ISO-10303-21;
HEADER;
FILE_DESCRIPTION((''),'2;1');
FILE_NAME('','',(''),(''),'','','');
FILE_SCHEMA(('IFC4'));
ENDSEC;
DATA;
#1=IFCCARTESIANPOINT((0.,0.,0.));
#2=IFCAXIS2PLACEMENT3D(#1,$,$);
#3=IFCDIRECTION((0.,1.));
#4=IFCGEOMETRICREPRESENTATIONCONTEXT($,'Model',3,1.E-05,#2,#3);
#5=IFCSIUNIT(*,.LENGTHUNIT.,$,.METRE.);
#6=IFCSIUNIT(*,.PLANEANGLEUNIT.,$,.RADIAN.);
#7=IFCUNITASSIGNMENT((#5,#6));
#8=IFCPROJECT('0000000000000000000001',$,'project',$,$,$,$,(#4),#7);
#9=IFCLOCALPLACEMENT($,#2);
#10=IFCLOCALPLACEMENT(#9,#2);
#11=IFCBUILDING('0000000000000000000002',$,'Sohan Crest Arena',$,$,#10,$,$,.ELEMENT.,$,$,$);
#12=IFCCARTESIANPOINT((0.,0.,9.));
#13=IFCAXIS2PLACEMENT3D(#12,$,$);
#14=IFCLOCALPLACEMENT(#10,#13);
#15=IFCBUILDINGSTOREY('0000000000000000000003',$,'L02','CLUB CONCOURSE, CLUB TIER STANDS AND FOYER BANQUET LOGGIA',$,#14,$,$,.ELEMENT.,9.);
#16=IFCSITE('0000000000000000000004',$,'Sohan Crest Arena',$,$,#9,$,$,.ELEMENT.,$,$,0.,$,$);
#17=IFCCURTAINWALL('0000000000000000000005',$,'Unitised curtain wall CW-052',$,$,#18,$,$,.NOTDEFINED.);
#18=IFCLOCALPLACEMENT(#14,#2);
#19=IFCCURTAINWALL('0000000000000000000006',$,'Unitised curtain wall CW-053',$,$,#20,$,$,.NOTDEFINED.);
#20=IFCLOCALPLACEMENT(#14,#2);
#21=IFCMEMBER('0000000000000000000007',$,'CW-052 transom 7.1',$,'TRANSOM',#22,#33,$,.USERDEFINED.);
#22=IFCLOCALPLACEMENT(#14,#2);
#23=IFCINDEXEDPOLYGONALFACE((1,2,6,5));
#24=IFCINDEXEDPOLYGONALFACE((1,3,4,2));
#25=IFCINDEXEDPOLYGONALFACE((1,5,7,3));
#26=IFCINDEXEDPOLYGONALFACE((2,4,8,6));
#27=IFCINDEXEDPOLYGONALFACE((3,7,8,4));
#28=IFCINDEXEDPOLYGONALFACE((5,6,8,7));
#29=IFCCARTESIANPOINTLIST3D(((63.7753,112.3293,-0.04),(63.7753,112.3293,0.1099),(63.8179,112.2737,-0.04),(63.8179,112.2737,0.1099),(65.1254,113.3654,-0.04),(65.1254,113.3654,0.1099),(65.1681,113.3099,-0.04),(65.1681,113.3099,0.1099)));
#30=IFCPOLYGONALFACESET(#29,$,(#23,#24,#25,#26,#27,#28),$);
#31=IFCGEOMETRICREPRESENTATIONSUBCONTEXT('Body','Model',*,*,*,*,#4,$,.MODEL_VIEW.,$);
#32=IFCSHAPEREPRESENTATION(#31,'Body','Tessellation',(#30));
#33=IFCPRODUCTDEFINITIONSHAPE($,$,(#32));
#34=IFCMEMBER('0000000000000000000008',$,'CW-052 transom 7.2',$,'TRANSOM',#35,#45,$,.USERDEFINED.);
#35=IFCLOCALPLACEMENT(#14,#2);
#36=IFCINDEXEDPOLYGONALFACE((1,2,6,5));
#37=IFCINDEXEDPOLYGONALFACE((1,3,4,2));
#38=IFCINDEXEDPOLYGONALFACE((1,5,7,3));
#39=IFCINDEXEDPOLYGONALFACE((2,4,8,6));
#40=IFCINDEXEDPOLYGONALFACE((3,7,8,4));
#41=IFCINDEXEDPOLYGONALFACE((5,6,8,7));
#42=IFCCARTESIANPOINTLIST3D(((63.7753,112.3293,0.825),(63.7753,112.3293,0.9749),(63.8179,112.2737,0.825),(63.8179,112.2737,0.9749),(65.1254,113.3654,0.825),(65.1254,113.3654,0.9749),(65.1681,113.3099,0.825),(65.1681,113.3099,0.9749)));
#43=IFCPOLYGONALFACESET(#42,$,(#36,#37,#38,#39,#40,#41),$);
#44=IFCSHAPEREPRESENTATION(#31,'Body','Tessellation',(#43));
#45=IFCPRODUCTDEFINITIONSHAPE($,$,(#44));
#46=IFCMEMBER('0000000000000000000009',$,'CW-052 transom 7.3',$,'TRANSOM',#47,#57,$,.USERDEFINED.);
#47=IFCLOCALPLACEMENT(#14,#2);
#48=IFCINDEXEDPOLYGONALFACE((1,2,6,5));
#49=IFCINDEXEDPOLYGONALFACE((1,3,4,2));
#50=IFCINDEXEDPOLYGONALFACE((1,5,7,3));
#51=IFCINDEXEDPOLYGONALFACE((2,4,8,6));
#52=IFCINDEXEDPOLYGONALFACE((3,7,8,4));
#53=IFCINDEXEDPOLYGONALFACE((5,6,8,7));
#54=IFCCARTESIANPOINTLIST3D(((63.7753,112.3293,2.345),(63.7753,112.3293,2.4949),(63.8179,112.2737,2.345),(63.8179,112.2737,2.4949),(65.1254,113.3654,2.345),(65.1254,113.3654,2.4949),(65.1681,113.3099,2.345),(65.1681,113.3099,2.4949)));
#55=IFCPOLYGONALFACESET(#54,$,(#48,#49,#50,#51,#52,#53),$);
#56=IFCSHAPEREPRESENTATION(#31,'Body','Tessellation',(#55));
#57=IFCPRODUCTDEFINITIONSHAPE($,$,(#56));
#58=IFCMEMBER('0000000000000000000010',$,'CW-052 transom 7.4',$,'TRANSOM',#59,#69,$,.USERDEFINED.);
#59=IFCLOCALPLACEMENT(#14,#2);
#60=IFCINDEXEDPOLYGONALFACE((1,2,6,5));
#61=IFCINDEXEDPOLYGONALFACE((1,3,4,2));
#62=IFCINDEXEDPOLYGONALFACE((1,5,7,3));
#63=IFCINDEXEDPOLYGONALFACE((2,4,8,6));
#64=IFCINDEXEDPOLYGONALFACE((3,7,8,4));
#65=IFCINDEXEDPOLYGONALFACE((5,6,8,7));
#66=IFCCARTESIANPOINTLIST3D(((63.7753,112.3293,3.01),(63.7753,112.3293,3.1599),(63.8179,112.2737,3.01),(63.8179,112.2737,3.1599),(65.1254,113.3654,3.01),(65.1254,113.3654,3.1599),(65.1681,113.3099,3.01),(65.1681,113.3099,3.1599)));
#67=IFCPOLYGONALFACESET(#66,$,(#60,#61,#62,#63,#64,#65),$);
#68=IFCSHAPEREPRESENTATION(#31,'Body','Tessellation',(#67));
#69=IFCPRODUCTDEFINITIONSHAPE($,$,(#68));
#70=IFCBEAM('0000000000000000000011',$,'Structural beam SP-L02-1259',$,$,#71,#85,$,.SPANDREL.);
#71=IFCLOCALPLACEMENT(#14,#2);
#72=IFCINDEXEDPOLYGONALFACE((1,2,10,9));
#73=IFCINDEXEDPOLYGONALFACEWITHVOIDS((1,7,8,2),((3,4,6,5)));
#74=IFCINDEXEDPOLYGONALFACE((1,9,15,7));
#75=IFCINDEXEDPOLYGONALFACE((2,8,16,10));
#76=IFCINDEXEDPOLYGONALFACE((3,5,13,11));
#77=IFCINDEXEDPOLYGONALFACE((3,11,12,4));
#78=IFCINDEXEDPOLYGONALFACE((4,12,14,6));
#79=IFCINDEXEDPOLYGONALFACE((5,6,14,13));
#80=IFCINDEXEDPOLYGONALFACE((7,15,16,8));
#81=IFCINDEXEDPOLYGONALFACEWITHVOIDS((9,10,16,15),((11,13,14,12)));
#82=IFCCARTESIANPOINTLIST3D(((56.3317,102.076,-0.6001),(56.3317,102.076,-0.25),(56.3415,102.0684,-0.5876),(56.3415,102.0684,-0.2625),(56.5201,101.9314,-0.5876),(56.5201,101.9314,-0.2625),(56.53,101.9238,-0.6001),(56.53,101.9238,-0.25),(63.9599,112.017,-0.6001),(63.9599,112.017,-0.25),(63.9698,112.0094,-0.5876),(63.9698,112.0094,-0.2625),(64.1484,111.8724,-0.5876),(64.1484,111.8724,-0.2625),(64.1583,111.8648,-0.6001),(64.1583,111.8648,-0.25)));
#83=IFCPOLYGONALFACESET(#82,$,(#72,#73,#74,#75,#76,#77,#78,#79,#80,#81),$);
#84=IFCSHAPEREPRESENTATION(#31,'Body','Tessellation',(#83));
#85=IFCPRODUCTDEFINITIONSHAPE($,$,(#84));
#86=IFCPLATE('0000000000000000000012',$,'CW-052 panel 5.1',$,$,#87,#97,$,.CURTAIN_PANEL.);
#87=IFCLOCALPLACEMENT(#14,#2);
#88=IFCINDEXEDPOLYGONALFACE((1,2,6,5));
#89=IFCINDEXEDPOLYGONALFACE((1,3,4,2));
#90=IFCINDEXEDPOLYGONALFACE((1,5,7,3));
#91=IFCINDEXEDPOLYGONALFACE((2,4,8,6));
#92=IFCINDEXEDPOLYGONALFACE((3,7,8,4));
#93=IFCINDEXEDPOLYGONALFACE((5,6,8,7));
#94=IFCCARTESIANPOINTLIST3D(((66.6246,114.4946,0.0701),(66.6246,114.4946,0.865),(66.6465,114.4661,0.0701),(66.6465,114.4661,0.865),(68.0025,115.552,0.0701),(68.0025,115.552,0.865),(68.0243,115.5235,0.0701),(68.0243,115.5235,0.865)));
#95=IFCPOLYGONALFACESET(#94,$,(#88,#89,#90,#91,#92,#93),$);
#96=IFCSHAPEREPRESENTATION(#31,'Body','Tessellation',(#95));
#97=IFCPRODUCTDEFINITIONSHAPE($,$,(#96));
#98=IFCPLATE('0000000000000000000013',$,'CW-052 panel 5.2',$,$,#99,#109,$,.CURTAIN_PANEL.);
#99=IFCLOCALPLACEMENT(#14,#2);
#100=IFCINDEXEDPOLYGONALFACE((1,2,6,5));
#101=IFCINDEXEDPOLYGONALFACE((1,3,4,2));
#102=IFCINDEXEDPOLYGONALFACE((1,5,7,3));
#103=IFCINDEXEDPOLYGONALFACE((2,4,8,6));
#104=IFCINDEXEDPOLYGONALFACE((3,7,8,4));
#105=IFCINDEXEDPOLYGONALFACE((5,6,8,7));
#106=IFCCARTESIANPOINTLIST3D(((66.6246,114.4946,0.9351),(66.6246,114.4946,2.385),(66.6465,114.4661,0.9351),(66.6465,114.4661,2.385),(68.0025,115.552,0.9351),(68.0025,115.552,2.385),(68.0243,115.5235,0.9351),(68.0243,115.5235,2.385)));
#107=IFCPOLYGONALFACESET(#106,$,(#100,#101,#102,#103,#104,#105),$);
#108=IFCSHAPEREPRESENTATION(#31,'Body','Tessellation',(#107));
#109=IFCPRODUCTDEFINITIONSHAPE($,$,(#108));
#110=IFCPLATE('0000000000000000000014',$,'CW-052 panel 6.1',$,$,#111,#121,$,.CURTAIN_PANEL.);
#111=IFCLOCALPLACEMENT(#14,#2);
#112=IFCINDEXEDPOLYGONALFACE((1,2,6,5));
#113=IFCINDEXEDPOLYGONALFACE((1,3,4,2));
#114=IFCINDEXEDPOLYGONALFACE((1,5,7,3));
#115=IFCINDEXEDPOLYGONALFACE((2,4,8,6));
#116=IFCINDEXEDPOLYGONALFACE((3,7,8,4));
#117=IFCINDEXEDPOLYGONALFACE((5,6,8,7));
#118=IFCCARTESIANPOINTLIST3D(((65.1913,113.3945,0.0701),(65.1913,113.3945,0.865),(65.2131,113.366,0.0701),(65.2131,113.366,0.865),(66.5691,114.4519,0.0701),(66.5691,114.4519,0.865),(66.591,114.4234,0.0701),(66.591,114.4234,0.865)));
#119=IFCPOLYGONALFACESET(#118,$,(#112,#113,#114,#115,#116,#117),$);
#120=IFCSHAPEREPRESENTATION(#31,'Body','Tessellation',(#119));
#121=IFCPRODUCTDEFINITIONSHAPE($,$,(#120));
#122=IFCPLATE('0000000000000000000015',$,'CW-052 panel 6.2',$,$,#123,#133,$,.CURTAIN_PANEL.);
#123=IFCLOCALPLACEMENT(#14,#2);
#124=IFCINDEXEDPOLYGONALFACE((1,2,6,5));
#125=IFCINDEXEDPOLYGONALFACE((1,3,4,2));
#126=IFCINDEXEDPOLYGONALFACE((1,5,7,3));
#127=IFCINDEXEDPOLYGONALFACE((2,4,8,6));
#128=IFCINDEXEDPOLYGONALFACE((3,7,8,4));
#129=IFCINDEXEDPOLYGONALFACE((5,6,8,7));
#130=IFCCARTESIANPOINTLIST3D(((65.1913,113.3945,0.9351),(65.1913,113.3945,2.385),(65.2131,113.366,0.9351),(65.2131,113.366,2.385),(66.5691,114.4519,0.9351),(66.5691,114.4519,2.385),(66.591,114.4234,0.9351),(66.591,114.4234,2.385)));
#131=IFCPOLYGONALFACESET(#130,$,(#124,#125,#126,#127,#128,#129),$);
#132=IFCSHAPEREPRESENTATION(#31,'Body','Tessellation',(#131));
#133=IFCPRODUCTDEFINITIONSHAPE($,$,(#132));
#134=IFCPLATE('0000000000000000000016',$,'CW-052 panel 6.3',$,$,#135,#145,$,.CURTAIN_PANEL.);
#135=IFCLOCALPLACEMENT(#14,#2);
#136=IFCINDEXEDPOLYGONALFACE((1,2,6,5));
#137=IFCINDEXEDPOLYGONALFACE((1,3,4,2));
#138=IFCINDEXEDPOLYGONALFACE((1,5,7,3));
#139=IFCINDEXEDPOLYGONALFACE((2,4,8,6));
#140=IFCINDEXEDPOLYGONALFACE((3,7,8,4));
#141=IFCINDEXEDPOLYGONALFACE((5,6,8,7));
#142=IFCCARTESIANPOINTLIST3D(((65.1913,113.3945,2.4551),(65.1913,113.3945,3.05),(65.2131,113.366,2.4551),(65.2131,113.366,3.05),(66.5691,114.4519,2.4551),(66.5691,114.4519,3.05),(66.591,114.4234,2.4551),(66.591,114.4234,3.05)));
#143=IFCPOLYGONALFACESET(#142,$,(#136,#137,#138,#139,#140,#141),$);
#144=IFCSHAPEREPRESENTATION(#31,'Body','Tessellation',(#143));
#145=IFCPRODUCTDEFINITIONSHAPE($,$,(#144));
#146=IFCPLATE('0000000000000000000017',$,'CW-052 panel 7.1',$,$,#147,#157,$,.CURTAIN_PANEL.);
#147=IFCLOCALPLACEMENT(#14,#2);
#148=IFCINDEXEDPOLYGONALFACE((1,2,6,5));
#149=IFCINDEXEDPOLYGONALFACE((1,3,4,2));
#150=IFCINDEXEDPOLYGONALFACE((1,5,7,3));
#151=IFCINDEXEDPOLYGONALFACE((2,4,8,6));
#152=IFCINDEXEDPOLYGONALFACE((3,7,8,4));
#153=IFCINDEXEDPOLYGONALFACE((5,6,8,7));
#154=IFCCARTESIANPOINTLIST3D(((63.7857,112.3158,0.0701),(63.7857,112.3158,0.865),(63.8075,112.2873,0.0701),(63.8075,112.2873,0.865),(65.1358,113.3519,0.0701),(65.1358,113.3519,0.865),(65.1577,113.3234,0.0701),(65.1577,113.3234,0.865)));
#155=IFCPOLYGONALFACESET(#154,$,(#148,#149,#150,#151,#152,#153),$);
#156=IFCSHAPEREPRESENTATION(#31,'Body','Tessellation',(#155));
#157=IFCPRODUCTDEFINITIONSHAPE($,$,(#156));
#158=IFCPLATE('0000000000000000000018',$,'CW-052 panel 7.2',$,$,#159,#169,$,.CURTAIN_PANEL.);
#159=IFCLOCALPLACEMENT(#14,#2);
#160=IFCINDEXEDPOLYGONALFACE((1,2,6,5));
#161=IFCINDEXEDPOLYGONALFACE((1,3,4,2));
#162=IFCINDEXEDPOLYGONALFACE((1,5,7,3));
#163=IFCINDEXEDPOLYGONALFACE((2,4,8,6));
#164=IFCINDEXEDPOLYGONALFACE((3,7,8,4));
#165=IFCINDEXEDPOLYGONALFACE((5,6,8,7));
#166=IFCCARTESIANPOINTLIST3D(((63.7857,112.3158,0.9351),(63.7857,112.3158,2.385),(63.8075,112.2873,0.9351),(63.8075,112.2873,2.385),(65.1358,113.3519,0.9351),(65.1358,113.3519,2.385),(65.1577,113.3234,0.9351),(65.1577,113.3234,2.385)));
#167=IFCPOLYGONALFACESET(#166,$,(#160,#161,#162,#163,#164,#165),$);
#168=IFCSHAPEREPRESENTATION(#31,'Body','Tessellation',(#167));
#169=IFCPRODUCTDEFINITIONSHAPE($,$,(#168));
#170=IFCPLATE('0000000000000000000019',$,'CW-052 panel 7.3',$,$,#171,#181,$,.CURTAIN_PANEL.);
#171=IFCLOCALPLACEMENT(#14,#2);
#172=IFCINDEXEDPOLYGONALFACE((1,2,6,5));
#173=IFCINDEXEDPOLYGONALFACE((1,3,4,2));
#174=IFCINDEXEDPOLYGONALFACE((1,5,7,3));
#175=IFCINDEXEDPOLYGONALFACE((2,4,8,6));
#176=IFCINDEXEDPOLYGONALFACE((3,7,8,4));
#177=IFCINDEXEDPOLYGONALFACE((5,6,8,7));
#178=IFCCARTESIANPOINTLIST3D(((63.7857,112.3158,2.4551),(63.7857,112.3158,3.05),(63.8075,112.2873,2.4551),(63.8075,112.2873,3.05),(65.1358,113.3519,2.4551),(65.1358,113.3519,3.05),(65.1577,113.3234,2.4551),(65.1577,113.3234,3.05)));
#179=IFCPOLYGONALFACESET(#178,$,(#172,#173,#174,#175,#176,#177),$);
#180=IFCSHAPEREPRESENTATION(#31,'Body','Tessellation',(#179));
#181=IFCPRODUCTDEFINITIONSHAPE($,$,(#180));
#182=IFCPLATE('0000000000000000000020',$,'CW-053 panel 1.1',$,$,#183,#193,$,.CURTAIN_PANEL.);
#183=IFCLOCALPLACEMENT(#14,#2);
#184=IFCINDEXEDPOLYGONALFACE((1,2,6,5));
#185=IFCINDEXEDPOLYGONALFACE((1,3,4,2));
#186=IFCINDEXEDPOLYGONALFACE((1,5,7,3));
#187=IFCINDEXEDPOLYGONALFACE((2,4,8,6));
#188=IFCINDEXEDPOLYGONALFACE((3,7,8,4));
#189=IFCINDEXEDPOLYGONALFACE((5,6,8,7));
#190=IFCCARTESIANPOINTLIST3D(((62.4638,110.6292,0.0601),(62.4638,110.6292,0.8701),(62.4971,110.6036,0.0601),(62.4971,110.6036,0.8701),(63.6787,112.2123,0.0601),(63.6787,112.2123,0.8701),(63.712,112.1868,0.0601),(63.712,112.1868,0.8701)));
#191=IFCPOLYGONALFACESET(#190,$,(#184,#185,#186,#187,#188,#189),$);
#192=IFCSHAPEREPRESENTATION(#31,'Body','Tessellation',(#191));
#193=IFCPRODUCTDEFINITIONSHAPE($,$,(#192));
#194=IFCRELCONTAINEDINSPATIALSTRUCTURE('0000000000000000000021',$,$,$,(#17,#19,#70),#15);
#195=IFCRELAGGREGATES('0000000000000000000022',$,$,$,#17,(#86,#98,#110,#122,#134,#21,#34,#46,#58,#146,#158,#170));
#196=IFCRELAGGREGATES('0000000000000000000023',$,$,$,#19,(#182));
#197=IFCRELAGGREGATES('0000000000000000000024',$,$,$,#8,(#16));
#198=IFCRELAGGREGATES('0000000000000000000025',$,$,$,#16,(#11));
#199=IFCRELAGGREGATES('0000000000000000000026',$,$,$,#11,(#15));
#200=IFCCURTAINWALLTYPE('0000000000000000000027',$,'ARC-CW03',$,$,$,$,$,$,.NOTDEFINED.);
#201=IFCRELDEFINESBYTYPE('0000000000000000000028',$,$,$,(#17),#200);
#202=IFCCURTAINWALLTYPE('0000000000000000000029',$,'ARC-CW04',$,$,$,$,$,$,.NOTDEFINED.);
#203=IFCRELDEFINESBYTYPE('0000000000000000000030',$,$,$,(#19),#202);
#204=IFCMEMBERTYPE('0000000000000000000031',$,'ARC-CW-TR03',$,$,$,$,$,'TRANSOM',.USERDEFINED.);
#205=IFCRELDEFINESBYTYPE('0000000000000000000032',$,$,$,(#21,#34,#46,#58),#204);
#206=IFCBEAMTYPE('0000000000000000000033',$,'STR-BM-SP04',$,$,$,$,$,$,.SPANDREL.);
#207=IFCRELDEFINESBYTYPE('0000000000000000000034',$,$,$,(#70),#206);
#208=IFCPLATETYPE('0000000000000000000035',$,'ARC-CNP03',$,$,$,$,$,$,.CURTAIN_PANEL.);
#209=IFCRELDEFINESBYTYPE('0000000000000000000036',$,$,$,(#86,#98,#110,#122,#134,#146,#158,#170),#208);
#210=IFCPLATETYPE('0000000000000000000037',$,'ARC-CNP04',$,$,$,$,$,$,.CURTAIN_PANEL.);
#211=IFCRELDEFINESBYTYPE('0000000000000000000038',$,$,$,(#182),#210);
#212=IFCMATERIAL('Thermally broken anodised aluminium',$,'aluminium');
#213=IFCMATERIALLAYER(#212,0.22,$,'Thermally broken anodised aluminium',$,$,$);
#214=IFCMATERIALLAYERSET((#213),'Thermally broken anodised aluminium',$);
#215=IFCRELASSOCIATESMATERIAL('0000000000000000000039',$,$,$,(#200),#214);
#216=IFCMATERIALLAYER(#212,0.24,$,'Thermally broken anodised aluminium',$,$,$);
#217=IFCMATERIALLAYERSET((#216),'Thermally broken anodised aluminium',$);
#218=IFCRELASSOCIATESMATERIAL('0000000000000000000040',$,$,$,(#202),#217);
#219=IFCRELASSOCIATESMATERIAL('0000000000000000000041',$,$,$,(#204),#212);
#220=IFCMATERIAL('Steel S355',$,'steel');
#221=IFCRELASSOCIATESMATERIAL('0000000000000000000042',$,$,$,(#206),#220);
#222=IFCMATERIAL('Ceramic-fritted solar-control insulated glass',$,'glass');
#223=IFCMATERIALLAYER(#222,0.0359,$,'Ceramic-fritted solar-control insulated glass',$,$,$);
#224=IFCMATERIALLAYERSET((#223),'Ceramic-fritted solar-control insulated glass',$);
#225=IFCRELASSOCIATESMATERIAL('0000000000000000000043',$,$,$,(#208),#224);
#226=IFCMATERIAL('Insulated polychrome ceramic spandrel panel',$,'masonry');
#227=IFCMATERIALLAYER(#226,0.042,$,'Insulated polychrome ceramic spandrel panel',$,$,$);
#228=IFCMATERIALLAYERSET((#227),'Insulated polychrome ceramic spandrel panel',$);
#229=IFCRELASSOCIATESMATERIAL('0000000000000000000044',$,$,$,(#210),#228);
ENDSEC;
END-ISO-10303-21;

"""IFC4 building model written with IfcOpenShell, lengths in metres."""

from ifc_helpers import new_model, si_unit, direction, frame, origin, origin_2d, place, context, subcontext, project, spatial, rectangle, hollow_rectangle, extrude, material, layer, layer_set, material_profile, profile_set, type_object, element, aggregate, save


model = new_model("IFC4")

# Units and contexts
model_context = context("Model", 3, precision=1e-05, world=origin(), true_north=direction((0.0, 1.0)))
body_context = subcontext(model_context, "Body", "Model", "MODEL_VIEW")
ifc_project = project(units=[si_unit("LENGTHUNIT", "METRE"), si_unit("PLANEANGLEUNIT", "RADIAN")], contexts=[model_context])

# Site, building, storey
site_placement = place(None, origin())
site = spatial("IfcSite", under=ifc_project, at=site_placement, Name="Sohan Crest Arena", CompositionType="ELEMENT", RefElevation=0.0)
building_placement = place(site_placement, origin())
building = spatial("IfcBuilding", under=site, at=building_placement, Name="Sohan Crest Arena", CompositionType="ELEMENT")
storey_placement = place(building_placement, frame((0.0, 0.0, 9.0)))
storey = spatial("IfcBuildingStorey", under=building, at=storey_placement, Name="L02", Description="CLUB CONCOURSE, CLUB TIER STANDS AND FOYER BANQUET LOGGIA", CompositionType="ELEMENT", Elevation=9.0)

# Shared definitions
ifc_material_1 = material(Name="Steel S355", Category="steel")

# Curtain walls
ifc_material_2 = material(Name="Thermally broken anodised aluminium", Category="aluminium")
ifc_layer_1 = layer(ifc_material_2, 0.22, Name="Thermally broken anodised aluminium")
ifc_layer_set_1 = layer_set([ifc_layer_1], Name="Thermally broken anodised aluminium")
curtain_wall_type_1 = type_object("IfcCurtainWallType", Name="ARC-CW03", PredefinedType="NOTDEFINED", material=ifc_layer_set_1)
curtain_wall_1_placement = place(storey_placement, origin())
curtain_wall_1 = element("IfcCurtainWall", 1, at=curtain_wall_1_placement, inside=storey, type_object=curtain_wall_type_1, Name="Unitised curtain wall CW-052", PredefinedType="NOTDEFINED")
ifc_layer_2 = layer(ifc_material_2, 0.24, Name="Thermally broken anodised aluminium")
ifc_layer_set_2 = layer_set([ifc_layer_2], Name="Thermally broken anodised aluminium")
curtain_wall_type_2 = type_object("IfcCurtainWallType", Name="ARC-CW04", PredefinedType="NOTDEFINED", material=ifc_layer_set_2)
curtain_wall_2_placement = place(storey_placement, origin())
curtain_wall_2 = element("IfcCurtainWall", 2, at=curtain_wall_2_placement, inside=storey, type_object=curtain_wall_type_2, Name="Unitised curtain wall CW-053", PredefinedType="NOTDEFINED")

# Members
ifc_material_profile_1 = material_profile(ifc_material_2, rectangle(XDim=0.0701, YDim=0.1499, at=origin_2d()), Name="ALU-TRAN 70x150")
ifc_profile_set_1 = profile_set([ifc_material_profile_1], Name="Thermally broken anodised aluminium")
member_type_1 = type_object("IfcMemberType", Name="ARC-CW-TR03", ElementType="TRANSOM", PredefinedType="USERDEFINED", material=ifc_profile_set_1)
member_1_placement = place(storey_placement, frame((65.1467, 113.3376, 0.0349), z_axis=(-0.793306, -0.608823, 0.0), x_axis=(0.608823, -0.793306, 0.0)))
member_1 = element("IfcMember", 3, at=member_1_placement, type_object=member_type_1, Name="CW-052 transom 7.1", ObjectType="TRANSOM", PredefinedType="USERDEFINED", context=body_context, shape_type="SweptSolid", body=[
    extrude(rectangle(XDim=0.0701, YDim=0.1499, at=origin_2d()), origin(), (0.0, 0.0, 1.0), 1.7019),
])
member_2_placement = place(storey_placement, frame((65.1467, 113.3376, 0.8999), z_axis=(-0.793306, -0.608823, 0.0), x_axis=(0.608823, -0.793306, 0.0)))
member_2 = element("IfcMember", 4, at=member_2_placement, type_object=member_type_1, Name="CW-052 transom 7.2", ObjectType="TRANSOM", PredefinedType="USERDEFINED", context=body_context, shape_type="SweptSolid", body=[
    extrude(rectangle(XDim=0.0701, YDim=0.1499, at=origin_2d()), origin(), (0.0, 0.0, 1.0), 1.7019),
])
member_3_placement = place(storey_placement, frame((65.1467, 113.3376, 2.4199), z_axis=(-0.793306, -0.608823, 0.0), x_axis=(0.608823, -0.793306, 0.0)))
member_3 = element("IfcMember", 5, at=member_3_placement, type_object=member_type_1, Name="CW-052 transom 7.3", ObjectType="TRANSOM", PredefinedType="USERDEFINED", context=body_context, shape_type="SweptSolid", body=[
    extrude(rectangle(XDim=0.0701, YDim=0.1499, at=origin_2d()), origin(), (0.0, 0.0, 1.0), 1.7019),
])
member_4_placement = place(storey_placement, frame((65.1467, 113.3376, 3.085), z_axis=(-0.793306, -0.608823, 0.0), x_axis=(0.608823, -0.793306, 0.0)))
member_4 = element("IfcMember", 6, at=member_4_placement, type_object=member_type_1, Name="CW-052 transom 7.4", ObjectType="TRANSOM", PredefinedType="USERDEFINED", context=body_context, shape_type="SweptSolid", body=[
    extrude(rectangle(XDim=0.0701, YDim=0.1499, at=origin_2d()), origin(), (0.0, 0.0, 1.0), 1.7019),
])

# Beam
ifc_material_profile_2 = material_profile(ifc_material_1, hollow_rectangle(XDim=0.25, YDim=0.3501, WallThickness=0.0125, at=origin_2d()), Name="RHS 350x250x12.5")
ifc_profile_set_2 = profile_set([ifc_material_profile_2], Name="Steel S355")
beam_type = type_object("IfcBeamType", Name="STR-BM-SP04", PredefinedType="SPANDREL", material=ifc_profile_set_2)
beam_placement = place(storey_placement, frame((64.0591, 111.9409, -0.425), z_axis=(-0.608773, -0.793344, 0.0), x_axis=(0.793344, -0.608773, 0.0)))
element("IfcBeam", 7, at=beam_placement, inside=storey, type_object=beam_type, Name="Structural beam SP-L02-1259", PredefinedType="SPANDREL", context=body_context, shape_type="SweptSolid", body=[
    extrude(hollow_rectangle(XDim=0.25, YDim=0.3501, WallThickness=0.0125, at=origin_2d()), origin(), (0.0, 0.0, 1.0), 12.5305),
])

# Plates
ifc_material_3 = material(Name="Ceramic-fritted solar-control insulated glass", Category="glass")
ifc_layer_3 = layer(ifc_material_3, 0.0359, Name="Ceramic-fritted solar-control insulated glass")
ifc_layer_set_3 = layer_set([ifc_layer_3], Name="Ceramic-fritted solar-control insulated glass")
plate_type_1 = type_object("IfcPlateType", Name="ARC-CNP03", PredefinedType="CURTAIN_PANEL", material=ifc_layer_set_3)
plate_1_placement = place(storey_placement, frame((67.3245, 115.009, 0.0701), z_axis=(0.0, 0.0, 1.0), x_axis=(-0.793329, -0.608793, 0.0)))
plate_1 = element("IfcPlate", 8, at=plate_1_placement, type_object=plate_type_1, Name="CW-052 panel 5.1", PredefinedType="CURTAIN_PANEL", context=body_context, shape_type="SweptSolid", body=[
    extrude(rectangle(XDim=1.7368, YDim=0.0359, at=origin_2d()), origin(), (0.0, 0.0, 1.0), 0.7949),
])
plate_2_placement = place(storey_placement, frame((67.3245, 115.009, 0.9351), z_axis=(0.0, 0.0, 1.0), x_axis=(-0.793329, -0.608793, 0.0)))
plate_2 = element("IfcPlate", 9, at=plate_2_placement, type_object=plate_type_1, Name="CW-052 panel 5.2", PredefinedType="CURTAIN_PANEL", context=body_context, shape_type="SweptSolid", body=[
    extrude(rectangle(XDim=1.7368, YDim=0.0359, at=origin_2d()), origin(), (0.0, 0.0, 1.0), 1.45),
])
plate_3_placement = place(storey_placement, frame((65.8911, 113.9089, 0.0701), z_axis=(0.0, 0.0, 1.0), x_axis=(-0.793329, -0.608793, 0.0)))
plate_3 = element("IfcPlate", 10, at=plate_3_placement, type_object=plate_type_1, Name="CW-052 panel 6.1", PredefinedType="CURTAIN_PANEL", context=body_context, shape_type="SweptSolid", body=[
    extrude(rectangle(XDim=1.7368, YDim=0.0359, at=origin_2d()), origin(), (0.0, 0.0, 1.0), 0.7949),
])
plate_4_placement = place(storey_placement, frame((65.8911, 113.9089, 0.9351), z_axis=(0.0, 0.0, 1.0), x_axis=(-0.793329, -0.608793, 0.0)))
plate_4 = element("IfcPlate", 11, at=plate_4_placement, type_object=plate_type_1, Name="CW-052 panel 6.2", PredefinedType="CURTAIN_PANEL", context=body_context, shape_type="SweptSolid", body=[
    extrude(rectangle(XDim=1.7368, YDim=0.0359, at=origin_2d()), origin(), (0.0, 0.0, 1.0), 1.45),
])
plate_5_placement = place(storey_placement, frame((65.8911, 113.9089, 2.4551), z_axis=(0.0, 0.0, 1.0), x_axis=(-0.793329, -0.608793, 0.0)))
plate_5 = element("IfcPlate", 12, at=plate_5_placement, type_object=plate_type_1, Name="CW-052 panel 6.3", PredefinedType="CURTAIN_PANEL", context=body_context, shape_type="SweptSolid", body=[
    extrude(rectangle(XDim=1.7368, YDim=0.0359, at=origin_2d()), origin(), (0.0, 0.0, 1.0), 0.595),
])
plate_6_placement = place(storey_placement, frame((64.4717, 112.8196, 0.0701), z_axis=(0.0, 0.0, 1.0), x_axis=(-0.793329, -0.608793, 0.0)))
plate_6 = element("IfcPlate", 13, at=plate_6_placement, type_object=plate_type_1, Name="CW-052 panel 7.1", PredefinedType="CURTAIN_PANEL", context=body_context, shape_type="SweptSolid", body=[
    extrude(rectangle(XDim=1.7019, YDim=0.0359, at=origin_2d()), origin(), (0.0, 0.0, 1.0), 0.7949),
])
plate_7_placement = place(storey_placement, frame((64.4717, 112.8196, 0.9351), z_axis=(0.0, 0.0, 1.0), x_axis=(-0.793329, -0.608793, 0.0)))
plate_7 = element("IfcPlate", 14, at=plate_7_placement, type_object=plate_type_1, Name="CW-052 panel 7.2", PredefinedType="CURTAIN_PANEL", context=body_context, shape_type="SweptSolid", body=[
    extrude(rectangle(XDim=1.7019, YDim=0.0359, at=origin_2d()), origin(), (0.0, 0.0, 1.0), 1.45),
])
plate_8_placement = place(storey_placement, frame((64.4717, 112.8196, 2.4551), z_axis=(0.0, 0.0, 1.0), x_axis=(-0.793329, -0.608793, 0.0)))
plate_8 = element("IfcPlate", 15, at=plate_8_placement, type_object=plate_type_1, Name="CW-052 panel 7.3", PredefinedType="CURTAIN_PANEL", context=body_context, shape_type="SweptSolid", body=[
    extrude(rectangle(XDim=1.7019, YDim=0.0359, at=origin_2d()), origin(), (0.0, 0.0, 1.0), 0.595),
])
aggregate(curtain_wall_1, [plate_1, plate_2, plate_3, plate_4, plate_5, member_1, member_2, member_3, member_4, plate_6, plate_7, plate_8])
ifc_material_4 = material(Name="Insulated polychrome ceramic spandrel panel", Category="masonry")
ifc_layer_4 = layer(ifc_material_4, 0.042, Name="Insulated polychrome ceramic spandrel panel")
ifc_layer_set_4 = layer_set([ifc_layer_4], Name="Insulated polychrome ceramic spandrel panel")
plate_type_2 = type_object("IfcPlateType", Name="ARC-CNP04", PredefinedType="CURTAIN_PANEL", material=ifc_layer_set_4)
plate_9_placement = place(storey_placement, frame((63.0879, 111.408, 0.0601), z_axis=(0.0, 0.0, 1.0), x_axis=(-0.608793, -0.793329, 0.0)))
plate_9 = element("IfcPlate", 16, at=plate_9_placement, type_object=plate_type_2, Name="CW-053 panel 1.1", PredefinedType="CURTAIN_PANEL", context=body_context, shape_type="SweptSolid", body=[
    extrude(rectangle(XDim=1.9956, YDim=0.042, at=origin_2d()), origin(), (0.0, 0.0, 1.0), 0.8101),
])
aggregate(curtain_wall_2, [plate_9])

save(model, "model.ifc")
